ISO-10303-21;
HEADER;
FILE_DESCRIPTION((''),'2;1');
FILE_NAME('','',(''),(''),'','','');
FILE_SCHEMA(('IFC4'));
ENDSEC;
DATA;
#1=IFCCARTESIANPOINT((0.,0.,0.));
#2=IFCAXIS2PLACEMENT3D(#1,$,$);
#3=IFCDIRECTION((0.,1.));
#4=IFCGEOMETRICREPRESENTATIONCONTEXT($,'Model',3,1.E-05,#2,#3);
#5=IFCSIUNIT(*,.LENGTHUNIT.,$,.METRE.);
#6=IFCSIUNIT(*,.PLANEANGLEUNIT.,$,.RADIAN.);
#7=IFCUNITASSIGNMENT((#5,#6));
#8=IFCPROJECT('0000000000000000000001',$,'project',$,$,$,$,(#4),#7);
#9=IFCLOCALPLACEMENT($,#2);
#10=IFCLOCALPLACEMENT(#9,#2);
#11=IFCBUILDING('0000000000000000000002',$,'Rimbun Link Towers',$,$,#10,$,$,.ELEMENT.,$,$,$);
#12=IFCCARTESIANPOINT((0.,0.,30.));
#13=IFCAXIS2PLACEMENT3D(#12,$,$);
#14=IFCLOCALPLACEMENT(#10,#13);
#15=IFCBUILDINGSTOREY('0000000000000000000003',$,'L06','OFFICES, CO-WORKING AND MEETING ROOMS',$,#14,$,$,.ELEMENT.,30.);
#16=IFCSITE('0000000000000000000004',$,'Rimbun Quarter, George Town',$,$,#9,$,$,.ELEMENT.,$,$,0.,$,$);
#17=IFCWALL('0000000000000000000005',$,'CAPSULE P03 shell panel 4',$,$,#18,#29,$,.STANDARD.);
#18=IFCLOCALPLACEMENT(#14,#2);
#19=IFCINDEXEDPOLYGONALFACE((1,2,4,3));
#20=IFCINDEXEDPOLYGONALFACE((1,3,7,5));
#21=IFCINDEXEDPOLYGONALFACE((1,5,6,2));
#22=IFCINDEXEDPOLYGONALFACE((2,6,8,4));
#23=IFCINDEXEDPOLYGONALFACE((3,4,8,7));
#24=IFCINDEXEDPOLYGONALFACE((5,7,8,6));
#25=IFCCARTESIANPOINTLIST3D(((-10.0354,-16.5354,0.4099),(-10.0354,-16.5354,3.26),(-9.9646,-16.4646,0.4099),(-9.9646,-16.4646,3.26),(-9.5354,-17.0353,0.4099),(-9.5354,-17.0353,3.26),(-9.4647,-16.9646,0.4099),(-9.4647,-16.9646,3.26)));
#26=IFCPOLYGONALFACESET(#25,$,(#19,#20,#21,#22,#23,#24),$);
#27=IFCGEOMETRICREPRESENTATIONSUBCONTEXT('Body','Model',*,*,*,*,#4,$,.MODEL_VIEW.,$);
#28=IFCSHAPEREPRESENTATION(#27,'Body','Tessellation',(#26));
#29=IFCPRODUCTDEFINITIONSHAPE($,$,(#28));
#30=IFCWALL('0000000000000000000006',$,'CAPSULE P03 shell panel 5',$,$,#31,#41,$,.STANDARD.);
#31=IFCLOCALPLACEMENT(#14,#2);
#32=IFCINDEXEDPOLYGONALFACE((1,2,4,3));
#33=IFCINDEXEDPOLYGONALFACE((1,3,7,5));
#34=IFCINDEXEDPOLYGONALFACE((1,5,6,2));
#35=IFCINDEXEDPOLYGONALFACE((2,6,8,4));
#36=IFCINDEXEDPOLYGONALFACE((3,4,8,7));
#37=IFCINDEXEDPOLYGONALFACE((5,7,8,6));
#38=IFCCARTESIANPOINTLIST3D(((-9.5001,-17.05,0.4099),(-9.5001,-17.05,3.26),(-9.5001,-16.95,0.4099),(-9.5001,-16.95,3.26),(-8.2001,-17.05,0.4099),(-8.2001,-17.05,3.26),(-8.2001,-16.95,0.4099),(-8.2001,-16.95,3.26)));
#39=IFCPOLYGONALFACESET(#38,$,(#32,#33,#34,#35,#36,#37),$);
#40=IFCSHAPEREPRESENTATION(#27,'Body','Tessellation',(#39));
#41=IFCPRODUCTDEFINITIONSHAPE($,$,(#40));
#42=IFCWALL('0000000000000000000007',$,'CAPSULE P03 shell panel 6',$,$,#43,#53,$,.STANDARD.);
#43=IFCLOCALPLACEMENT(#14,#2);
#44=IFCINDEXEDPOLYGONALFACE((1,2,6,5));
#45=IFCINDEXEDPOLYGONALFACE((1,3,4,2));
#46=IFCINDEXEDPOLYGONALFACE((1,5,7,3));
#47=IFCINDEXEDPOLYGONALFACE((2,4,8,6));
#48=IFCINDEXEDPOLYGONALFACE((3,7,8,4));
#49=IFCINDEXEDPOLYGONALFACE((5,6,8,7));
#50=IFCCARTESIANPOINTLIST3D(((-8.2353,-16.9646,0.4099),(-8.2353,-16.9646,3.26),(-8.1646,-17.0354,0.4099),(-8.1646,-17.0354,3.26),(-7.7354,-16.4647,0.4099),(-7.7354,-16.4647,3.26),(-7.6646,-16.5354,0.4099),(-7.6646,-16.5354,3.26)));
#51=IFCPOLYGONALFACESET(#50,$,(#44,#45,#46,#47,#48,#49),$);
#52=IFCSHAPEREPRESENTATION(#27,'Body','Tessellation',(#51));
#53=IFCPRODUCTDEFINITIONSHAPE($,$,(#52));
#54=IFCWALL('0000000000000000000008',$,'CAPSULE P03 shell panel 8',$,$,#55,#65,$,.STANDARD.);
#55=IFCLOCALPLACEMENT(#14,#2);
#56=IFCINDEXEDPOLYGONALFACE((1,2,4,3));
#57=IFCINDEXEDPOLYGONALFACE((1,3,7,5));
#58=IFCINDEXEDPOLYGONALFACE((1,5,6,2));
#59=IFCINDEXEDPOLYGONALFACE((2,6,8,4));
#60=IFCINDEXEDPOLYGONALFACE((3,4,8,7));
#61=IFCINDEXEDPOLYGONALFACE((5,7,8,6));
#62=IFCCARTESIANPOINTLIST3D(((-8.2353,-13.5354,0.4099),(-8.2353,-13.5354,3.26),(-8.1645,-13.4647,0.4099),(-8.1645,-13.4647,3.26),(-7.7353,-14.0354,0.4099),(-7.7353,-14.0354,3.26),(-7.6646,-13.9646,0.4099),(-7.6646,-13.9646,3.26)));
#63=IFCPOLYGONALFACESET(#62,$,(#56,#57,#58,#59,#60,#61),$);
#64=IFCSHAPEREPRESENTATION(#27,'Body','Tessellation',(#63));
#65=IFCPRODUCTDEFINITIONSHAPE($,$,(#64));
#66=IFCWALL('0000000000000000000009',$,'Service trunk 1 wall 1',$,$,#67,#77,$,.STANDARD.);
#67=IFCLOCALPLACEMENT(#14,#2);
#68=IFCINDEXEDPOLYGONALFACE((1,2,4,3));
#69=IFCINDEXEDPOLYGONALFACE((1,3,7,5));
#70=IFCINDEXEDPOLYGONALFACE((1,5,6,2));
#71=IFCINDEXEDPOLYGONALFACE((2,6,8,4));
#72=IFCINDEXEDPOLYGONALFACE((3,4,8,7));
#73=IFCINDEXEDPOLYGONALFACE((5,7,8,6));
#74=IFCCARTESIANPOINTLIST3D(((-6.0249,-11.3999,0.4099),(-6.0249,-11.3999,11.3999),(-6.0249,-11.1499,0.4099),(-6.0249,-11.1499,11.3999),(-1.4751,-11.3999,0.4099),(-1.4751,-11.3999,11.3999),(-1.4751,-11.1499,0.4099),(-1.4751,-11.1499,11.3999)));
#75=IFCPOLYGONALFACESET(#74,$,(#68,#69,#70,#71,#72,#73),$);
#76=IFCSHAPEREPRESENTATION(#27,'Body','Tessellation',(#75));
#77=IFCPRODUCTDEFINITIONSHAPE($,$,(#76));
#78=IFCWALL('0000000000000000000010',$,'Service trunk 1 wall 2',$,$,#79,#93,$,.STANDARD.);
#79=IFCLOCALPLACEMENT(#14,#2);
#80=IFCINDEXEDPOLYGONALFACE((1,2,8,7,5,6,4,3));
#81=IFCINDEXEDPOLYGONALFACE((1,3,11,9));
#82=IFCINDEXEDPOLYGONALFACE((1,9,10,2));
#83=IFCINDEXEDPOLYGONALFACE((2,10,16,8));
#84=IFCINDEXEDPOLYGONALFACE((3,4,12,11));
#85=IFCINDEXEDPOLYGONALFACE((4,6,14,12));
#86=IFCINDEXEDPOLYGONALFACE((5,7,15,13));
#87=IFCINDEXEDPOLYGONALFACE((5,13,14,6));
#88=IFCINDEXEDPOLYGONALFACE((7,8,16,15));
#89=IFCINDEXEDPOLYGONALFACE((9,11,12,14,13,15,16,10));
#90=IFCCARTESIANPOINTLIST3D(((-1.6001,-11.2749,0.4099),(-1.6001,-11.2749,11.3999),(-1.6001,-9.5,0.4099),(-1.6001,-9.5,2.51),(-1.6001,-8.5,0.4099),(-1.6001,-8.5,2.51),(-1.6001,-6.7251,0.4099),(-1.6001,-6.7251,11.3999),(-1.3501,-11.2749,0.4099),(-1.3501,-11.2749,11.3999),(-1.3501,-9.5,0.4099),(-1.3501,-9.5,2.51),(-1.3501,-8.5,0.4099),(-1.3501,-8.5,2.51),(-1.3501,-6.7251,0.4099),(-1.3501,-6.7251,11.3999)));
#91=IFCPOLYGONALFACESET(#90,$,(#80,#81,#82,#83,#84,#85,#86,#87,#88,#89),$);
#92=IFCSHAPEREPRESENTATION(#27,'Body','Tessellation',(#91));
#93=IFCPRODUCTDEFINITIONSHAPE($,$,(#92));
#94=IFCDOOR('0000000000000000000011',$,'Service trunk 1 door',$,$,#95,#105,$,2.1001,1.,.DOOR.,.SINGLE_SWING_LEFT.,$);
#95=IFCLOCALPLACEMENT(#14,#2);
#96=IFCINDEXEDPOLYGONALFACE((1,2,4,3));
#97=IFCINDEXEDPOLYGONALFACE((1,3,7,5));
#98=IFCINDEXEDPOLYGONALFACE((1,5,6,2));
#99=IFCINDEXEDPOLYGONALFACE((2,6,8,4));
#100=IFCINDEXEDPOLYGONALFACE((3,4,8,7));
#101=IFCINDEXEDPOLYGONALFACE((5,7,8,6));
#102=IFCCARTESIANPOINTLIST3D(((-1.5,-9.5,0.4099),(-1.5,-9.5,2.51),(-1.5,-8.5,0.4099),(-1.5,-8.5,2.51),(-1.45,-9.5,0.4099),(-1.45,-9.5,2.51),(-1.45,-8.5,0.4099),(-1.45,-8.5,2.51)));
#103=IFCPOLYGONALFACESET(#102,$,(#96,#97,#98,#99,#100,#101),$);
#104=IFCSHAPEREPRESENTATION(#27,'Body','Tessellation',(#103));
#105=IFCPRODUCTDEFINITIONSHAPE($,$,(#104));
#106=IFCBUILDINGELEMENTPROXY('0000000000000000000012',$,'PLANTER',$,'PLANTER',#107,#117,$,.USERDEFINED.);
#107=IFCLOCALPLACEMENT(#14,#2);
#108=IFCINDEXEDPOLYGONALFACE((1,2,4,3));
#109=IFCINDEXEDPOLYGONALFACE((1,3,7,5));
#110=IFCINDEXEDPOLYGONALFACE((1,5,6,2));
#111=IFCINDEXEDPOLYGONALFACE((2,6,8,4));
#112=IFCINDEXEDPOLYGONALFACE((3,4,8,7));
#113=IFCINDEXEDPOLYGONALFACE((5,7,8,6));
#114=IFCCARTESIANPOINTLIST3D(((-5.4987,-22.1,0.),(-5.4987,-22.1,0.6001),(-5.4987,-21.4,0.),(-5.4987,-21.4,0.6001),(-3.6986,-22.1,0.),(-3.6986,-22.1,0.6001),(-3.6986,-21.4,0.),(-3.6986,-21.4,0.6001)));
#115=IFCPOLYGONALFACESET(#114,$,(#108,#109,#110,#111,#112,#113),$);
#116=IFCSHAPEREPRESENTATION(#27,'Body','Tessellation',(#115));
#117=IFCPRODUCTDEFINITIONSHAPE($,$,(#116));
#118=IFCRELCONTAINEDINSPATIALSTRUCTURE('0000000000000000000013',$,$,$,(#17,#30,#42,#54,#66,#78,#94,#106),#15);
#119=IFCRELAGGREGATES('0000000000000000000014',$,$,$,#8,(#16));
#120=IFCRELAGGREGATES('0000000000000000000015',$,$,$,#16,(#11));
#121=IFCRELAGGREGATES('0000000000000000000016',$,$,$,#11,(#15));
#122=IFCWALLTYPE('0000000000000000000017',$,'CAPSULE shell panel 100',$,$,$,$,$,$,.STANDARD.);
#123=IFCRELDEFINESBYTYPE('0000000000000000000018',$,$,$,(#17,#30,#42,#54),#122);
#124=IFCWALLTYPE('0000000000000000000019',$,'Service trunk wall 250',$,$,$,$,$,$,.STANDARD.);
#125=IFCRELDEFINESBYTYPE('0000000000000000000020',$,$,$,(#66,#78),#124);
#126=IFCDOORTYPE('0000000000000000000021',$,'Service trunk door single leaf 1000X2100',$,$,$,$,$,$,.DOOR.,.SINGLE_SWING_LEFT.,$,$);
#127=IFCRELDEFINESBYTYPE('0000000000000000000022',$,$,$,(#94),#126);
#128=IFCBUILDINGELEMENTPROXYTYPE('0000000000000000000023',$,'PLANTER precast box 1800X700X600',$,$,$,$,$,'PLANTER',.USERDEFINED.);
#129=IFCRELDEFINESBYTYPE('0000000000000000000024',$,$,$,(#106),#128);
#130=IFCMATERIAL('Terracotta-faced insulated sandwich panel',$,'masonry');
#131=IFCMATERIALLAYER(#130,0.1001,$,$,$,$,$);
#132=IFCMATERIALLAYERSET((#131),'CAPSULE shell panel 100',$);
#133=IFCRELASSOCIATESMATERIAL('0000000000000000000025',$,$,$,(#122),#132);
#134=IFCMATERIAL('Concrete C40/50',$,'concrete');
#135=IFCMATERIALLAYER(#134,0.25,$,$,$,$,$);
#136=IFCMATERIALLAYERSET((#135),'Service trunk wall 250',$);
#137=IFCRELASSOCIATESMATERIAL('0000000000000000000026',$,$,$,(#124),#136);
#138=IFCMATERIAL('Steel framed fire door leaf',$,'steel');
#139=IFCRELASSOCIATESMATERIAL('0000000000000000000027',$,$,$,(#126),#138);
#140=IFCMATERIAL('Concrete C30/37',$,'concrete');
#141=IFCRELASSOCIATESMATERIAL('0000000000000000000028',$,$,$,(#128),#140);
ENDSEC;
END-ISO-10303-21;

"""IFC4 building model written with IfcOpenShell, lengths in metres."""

from ifc_helpers import new_model, si_unit, direction, frame, frame_2d, origin, origin_2d, place, context, subcontext, project, spatial, rectangle, extrude, material, layer, layer_set, type_object, element, fill, save


model = new_model("IFC4")

# Units and contexts
model_context = context("Model", 3, precision=1e-05, world=origin(), true_north=direction((0.0, 1.0)))
body_context = subcontext(model_context, "Body", "Model", "MODEL_VIEW")
ifc_project = project(units=[si_unit("LENGTHUNIT", "METRE"), si_unit("PLANEANGLEUNIT", "RADIAN")], contexts=[model_context])

# Site, building, storey
site_placement = place(None, origin())
site = spatial("IfcSite", under=ifc_project, at=site_placement, Name="Rimbun Quarter, George Town", CompositionType="ELEMENT", RefElevation=0.0)
building_placement = place(site_placement, origin())
building = spatial("IfcBuilding", under=site, at=building_placement, Name="Rimbun Link Towers", CompositionType="ELEMENT")
storey_placement = place(building_placement, frame((0.0, 0.0, 30.0)))
storey = spatial("IfcBuildingStorey", under=building, at=storey_placement, Name="L06", Description="OFFICES, CO-WORKING AND MEETING ROOMS", CompositionType="ELEMENT", Elevation=30.0)

# Shared definitions
ifc_material_1 = material(Name="Terracotta-faced insulated sandwich panel", Category="masonry")
ifc_layer_1 = layer(ifc_material_1, 0.1001)
ifc_layer_set_1 = layer_set([ifc_layer_1], Name="CAPSULE shell panel 100")
wall_type_1 = type_object("IfcWallType", Name="CAPSULE shell panel 100", PredefinedType="STANDARD", material=ifc_layer_set_1)

# Walls
wall_1_placement = place(storey_placement, frame((-10.0, -16.5, 0.4099), z_axis=(0.0, 0.0, 1.0), x_axis=(0.707107, -0.707107, 0.0)))
element("IfcWall", 1, at=wall_1_placement, inside=storey, type_object=wall_type_1, Name="CAPSULE P03 shell panel 4", PredefinedType="STANDARD", context=body_context, shape_type="SweptSolid", body=[
    extrude(rectangle(XDim=0.707, YDim=0.1001, at=frame_2d((0.3535, 0.0))), origin(), (0.0, 0.0, 1.0), 2.8501),
])
wall_2_placement = place(storey_placement, frame((-9.5, -17.0, 0.4099), z_axis=(0.0, 0.0, 1.0), x_axis=(1.0, 0.0, 0.0)))
element("IfcWall", 2, at=wall_2_placement, inside=storey, type_object=wall_type_1, Name="CAPSULE P03 shell panel 5", PredefinedType="STANDARD", context=body_context, shape_type="SweptSolid", body=[
    extrude(rectangle(XDim=1.3, YDim=0.1001, at=frame_2d((0.6499, 0.0))), origin(), (0.0, 0.0, 1.0), 2.8501),
])
for number, where, z_axis, x_axis, name in (
    (3, (-8.2, -17.0, 0.4099), (0.0, 0.0, 1.0), (0.707107, 0.707107, 0.0), "CAPSULE P03 shell panel 6"),
    (4, (-7.7, -14.0, 0.4099), (0.0, 0.0, 1.0), (-0.707107, 0.707107, 0.0), "CAPSULE P03 shell panel 8"),
):
    element("IfcWall", number, at=place(storey_placement, frame(where, z_axis=z_axis, x_axis=x_axis)), inside=storey, type_object=wall_type_1, Name=name, PredefinedType="STANDARD", context=body_context, shape_type="SweptSolid", body=[
        extrude(rectangle(XDim=0.707, YDim=0.1001, at=frame_2d((0.3535, 0.0))), origin(), (0.0, 0.0, 1.0), 2.8501),
    ])
ifc_material_2 = material(Name="Concrete C40/50", Category="concrete")
ifc_layer_2 = layer(ifc_material_2, 0.25)
ifc_layer_set_2 = layer_set([ifc_layer_2], Name="Service trunk wall 250")
wall_type_2 = type_object("IfcWallType", Name="Service trunk wall 250", PredefinedType="STANDARD", material=ifc_layer_set_2)
wall_3_placement = place(storey_placement, frame((-6.0249, -11.2749, 0.4099), z_axis=(0.0, 0.0, 1.0), x_axis=(1.0, 0.0, 0.0)))
element("IfcWall", 5, at=wall_3_placement, inside=storey, type_object=wall_type_2, Name="Service trunk 1 wall 1", PredefinedType="STANDARD", context=body_context, shape_type="SweptSolid", body=[
    extrude(rectangle(XDim=4.5498, YDim=0.25, at=frame_2d((2.2749, 0.0))), origin(), (0.0, 0.0, 1.0), 10.99),
])

# Wall, opening, door
wall_4_placement = place(storey_placement, frame((-1.4751, -11.2749, 0.4099), z_axis=(0.0, 0.0, 1.0), x_axis=(0.0, 1.0, 0.0)))
wall_4 = element("IfcWall", 6, at=wall_4_placement, inside=storey, type_object=wall_type_2, Name="Service trunk 1 wall 2", PredefinedType="STANDARD", context=body_context, shape_type="SweptSolid", body=[
    extrude(rectangle(XDim=4.5498, YDim=0.25, at=frame_2d((2.2749, 0.0))), origin(), (0.0, 0.0, 1.0), 10.99),
])
opening_1_placement = place(wall_4_placement, frame((1.7749, 0.0, 0.0)))
opening_1 = element("IfcOpeningElement", 7, at=opening_1_placement, cuts=wall_4, PredefinedType="OPENING", context=body_context, shape_type="SweptSolid", body=[
    extrude(rectangle(XDim=1.0, YDim=2.1001, at=frame_2d((0.5, 1.05))), frame((0.0, 0.135, 0.0), z_axis=(0.0, -1.0, 0.0), x_axis=(1.0, 0.0, 0.0)), (0.0, 0.0, 1.0), 0.27),
])
ifc_material_3 = material(Name="Steel framed fire door leaf", Category="steel")
door_type_1 = type_object("IfcDoorType", Name="Service trunk door single leaf 1000X2100", OperationType="SINGLE_SWING_LEFT", PredefinedType="DOOR", material=ifc_material_3)
door_1_placement = place(opening_1_placement, origin())
door_1 = element("IfcDoor", 8, at=door_1_placement, inside=storey, type_object=door_type_1, Name="Service trunk 1 door", OperationType="SINGLE_SWING_LEFT", OverallHeight=2.1001, OverallWidth=1.0, PredefinedType="DOOR", context=body_context, shape_type="SweptSolid", body=[
    extrude(rectangle(XDim=1.0, YDim=2.1001, at=frame_2d((0.5, 1.05))), frame((0.0, 0.0249, 0.0), z_axis=(0.0, -1.0, 0.0), x_axis=(1.0, 0.0, 0.0)), (0.0, 0.0, 1.0), 0.05),
])
fill(opening_1, door_1)

# Building element proxy
ifc_material_4 = material(Name="Concrete C30/37", Category="concrete")
building_element_proxy_type = type_object("IfcBuildingElementProxyType", Name="PLANTER precast box 1800X700X600", ElementType="PLANTER", PredefinedType="USERDEFINED", material=ifc_material_4)
proxy_placement = place(storey_placement, frame((-4.5986, -21.75, 0.0), z_axis=(0.0, 0.0, 1.0), x_axis=(1.0, 0.0, 0.0)))
element("IfcBuildingElementProxy", 9, at=proxy_placement, inside=storey, type_object=building_element_proxy_type, Name="PLANTER", ObjectType="PLANTER", PredefinedType="USERDEFINED", context=body_context, shape_type="SweptSolid", body=[
    extrude(rectangle(XDim=1.8, YDim=0.7, at=origin_2d()), origin(), (0.0, 0.0, 1.0), 0.6001),
])

save(model, "model.ifc")
